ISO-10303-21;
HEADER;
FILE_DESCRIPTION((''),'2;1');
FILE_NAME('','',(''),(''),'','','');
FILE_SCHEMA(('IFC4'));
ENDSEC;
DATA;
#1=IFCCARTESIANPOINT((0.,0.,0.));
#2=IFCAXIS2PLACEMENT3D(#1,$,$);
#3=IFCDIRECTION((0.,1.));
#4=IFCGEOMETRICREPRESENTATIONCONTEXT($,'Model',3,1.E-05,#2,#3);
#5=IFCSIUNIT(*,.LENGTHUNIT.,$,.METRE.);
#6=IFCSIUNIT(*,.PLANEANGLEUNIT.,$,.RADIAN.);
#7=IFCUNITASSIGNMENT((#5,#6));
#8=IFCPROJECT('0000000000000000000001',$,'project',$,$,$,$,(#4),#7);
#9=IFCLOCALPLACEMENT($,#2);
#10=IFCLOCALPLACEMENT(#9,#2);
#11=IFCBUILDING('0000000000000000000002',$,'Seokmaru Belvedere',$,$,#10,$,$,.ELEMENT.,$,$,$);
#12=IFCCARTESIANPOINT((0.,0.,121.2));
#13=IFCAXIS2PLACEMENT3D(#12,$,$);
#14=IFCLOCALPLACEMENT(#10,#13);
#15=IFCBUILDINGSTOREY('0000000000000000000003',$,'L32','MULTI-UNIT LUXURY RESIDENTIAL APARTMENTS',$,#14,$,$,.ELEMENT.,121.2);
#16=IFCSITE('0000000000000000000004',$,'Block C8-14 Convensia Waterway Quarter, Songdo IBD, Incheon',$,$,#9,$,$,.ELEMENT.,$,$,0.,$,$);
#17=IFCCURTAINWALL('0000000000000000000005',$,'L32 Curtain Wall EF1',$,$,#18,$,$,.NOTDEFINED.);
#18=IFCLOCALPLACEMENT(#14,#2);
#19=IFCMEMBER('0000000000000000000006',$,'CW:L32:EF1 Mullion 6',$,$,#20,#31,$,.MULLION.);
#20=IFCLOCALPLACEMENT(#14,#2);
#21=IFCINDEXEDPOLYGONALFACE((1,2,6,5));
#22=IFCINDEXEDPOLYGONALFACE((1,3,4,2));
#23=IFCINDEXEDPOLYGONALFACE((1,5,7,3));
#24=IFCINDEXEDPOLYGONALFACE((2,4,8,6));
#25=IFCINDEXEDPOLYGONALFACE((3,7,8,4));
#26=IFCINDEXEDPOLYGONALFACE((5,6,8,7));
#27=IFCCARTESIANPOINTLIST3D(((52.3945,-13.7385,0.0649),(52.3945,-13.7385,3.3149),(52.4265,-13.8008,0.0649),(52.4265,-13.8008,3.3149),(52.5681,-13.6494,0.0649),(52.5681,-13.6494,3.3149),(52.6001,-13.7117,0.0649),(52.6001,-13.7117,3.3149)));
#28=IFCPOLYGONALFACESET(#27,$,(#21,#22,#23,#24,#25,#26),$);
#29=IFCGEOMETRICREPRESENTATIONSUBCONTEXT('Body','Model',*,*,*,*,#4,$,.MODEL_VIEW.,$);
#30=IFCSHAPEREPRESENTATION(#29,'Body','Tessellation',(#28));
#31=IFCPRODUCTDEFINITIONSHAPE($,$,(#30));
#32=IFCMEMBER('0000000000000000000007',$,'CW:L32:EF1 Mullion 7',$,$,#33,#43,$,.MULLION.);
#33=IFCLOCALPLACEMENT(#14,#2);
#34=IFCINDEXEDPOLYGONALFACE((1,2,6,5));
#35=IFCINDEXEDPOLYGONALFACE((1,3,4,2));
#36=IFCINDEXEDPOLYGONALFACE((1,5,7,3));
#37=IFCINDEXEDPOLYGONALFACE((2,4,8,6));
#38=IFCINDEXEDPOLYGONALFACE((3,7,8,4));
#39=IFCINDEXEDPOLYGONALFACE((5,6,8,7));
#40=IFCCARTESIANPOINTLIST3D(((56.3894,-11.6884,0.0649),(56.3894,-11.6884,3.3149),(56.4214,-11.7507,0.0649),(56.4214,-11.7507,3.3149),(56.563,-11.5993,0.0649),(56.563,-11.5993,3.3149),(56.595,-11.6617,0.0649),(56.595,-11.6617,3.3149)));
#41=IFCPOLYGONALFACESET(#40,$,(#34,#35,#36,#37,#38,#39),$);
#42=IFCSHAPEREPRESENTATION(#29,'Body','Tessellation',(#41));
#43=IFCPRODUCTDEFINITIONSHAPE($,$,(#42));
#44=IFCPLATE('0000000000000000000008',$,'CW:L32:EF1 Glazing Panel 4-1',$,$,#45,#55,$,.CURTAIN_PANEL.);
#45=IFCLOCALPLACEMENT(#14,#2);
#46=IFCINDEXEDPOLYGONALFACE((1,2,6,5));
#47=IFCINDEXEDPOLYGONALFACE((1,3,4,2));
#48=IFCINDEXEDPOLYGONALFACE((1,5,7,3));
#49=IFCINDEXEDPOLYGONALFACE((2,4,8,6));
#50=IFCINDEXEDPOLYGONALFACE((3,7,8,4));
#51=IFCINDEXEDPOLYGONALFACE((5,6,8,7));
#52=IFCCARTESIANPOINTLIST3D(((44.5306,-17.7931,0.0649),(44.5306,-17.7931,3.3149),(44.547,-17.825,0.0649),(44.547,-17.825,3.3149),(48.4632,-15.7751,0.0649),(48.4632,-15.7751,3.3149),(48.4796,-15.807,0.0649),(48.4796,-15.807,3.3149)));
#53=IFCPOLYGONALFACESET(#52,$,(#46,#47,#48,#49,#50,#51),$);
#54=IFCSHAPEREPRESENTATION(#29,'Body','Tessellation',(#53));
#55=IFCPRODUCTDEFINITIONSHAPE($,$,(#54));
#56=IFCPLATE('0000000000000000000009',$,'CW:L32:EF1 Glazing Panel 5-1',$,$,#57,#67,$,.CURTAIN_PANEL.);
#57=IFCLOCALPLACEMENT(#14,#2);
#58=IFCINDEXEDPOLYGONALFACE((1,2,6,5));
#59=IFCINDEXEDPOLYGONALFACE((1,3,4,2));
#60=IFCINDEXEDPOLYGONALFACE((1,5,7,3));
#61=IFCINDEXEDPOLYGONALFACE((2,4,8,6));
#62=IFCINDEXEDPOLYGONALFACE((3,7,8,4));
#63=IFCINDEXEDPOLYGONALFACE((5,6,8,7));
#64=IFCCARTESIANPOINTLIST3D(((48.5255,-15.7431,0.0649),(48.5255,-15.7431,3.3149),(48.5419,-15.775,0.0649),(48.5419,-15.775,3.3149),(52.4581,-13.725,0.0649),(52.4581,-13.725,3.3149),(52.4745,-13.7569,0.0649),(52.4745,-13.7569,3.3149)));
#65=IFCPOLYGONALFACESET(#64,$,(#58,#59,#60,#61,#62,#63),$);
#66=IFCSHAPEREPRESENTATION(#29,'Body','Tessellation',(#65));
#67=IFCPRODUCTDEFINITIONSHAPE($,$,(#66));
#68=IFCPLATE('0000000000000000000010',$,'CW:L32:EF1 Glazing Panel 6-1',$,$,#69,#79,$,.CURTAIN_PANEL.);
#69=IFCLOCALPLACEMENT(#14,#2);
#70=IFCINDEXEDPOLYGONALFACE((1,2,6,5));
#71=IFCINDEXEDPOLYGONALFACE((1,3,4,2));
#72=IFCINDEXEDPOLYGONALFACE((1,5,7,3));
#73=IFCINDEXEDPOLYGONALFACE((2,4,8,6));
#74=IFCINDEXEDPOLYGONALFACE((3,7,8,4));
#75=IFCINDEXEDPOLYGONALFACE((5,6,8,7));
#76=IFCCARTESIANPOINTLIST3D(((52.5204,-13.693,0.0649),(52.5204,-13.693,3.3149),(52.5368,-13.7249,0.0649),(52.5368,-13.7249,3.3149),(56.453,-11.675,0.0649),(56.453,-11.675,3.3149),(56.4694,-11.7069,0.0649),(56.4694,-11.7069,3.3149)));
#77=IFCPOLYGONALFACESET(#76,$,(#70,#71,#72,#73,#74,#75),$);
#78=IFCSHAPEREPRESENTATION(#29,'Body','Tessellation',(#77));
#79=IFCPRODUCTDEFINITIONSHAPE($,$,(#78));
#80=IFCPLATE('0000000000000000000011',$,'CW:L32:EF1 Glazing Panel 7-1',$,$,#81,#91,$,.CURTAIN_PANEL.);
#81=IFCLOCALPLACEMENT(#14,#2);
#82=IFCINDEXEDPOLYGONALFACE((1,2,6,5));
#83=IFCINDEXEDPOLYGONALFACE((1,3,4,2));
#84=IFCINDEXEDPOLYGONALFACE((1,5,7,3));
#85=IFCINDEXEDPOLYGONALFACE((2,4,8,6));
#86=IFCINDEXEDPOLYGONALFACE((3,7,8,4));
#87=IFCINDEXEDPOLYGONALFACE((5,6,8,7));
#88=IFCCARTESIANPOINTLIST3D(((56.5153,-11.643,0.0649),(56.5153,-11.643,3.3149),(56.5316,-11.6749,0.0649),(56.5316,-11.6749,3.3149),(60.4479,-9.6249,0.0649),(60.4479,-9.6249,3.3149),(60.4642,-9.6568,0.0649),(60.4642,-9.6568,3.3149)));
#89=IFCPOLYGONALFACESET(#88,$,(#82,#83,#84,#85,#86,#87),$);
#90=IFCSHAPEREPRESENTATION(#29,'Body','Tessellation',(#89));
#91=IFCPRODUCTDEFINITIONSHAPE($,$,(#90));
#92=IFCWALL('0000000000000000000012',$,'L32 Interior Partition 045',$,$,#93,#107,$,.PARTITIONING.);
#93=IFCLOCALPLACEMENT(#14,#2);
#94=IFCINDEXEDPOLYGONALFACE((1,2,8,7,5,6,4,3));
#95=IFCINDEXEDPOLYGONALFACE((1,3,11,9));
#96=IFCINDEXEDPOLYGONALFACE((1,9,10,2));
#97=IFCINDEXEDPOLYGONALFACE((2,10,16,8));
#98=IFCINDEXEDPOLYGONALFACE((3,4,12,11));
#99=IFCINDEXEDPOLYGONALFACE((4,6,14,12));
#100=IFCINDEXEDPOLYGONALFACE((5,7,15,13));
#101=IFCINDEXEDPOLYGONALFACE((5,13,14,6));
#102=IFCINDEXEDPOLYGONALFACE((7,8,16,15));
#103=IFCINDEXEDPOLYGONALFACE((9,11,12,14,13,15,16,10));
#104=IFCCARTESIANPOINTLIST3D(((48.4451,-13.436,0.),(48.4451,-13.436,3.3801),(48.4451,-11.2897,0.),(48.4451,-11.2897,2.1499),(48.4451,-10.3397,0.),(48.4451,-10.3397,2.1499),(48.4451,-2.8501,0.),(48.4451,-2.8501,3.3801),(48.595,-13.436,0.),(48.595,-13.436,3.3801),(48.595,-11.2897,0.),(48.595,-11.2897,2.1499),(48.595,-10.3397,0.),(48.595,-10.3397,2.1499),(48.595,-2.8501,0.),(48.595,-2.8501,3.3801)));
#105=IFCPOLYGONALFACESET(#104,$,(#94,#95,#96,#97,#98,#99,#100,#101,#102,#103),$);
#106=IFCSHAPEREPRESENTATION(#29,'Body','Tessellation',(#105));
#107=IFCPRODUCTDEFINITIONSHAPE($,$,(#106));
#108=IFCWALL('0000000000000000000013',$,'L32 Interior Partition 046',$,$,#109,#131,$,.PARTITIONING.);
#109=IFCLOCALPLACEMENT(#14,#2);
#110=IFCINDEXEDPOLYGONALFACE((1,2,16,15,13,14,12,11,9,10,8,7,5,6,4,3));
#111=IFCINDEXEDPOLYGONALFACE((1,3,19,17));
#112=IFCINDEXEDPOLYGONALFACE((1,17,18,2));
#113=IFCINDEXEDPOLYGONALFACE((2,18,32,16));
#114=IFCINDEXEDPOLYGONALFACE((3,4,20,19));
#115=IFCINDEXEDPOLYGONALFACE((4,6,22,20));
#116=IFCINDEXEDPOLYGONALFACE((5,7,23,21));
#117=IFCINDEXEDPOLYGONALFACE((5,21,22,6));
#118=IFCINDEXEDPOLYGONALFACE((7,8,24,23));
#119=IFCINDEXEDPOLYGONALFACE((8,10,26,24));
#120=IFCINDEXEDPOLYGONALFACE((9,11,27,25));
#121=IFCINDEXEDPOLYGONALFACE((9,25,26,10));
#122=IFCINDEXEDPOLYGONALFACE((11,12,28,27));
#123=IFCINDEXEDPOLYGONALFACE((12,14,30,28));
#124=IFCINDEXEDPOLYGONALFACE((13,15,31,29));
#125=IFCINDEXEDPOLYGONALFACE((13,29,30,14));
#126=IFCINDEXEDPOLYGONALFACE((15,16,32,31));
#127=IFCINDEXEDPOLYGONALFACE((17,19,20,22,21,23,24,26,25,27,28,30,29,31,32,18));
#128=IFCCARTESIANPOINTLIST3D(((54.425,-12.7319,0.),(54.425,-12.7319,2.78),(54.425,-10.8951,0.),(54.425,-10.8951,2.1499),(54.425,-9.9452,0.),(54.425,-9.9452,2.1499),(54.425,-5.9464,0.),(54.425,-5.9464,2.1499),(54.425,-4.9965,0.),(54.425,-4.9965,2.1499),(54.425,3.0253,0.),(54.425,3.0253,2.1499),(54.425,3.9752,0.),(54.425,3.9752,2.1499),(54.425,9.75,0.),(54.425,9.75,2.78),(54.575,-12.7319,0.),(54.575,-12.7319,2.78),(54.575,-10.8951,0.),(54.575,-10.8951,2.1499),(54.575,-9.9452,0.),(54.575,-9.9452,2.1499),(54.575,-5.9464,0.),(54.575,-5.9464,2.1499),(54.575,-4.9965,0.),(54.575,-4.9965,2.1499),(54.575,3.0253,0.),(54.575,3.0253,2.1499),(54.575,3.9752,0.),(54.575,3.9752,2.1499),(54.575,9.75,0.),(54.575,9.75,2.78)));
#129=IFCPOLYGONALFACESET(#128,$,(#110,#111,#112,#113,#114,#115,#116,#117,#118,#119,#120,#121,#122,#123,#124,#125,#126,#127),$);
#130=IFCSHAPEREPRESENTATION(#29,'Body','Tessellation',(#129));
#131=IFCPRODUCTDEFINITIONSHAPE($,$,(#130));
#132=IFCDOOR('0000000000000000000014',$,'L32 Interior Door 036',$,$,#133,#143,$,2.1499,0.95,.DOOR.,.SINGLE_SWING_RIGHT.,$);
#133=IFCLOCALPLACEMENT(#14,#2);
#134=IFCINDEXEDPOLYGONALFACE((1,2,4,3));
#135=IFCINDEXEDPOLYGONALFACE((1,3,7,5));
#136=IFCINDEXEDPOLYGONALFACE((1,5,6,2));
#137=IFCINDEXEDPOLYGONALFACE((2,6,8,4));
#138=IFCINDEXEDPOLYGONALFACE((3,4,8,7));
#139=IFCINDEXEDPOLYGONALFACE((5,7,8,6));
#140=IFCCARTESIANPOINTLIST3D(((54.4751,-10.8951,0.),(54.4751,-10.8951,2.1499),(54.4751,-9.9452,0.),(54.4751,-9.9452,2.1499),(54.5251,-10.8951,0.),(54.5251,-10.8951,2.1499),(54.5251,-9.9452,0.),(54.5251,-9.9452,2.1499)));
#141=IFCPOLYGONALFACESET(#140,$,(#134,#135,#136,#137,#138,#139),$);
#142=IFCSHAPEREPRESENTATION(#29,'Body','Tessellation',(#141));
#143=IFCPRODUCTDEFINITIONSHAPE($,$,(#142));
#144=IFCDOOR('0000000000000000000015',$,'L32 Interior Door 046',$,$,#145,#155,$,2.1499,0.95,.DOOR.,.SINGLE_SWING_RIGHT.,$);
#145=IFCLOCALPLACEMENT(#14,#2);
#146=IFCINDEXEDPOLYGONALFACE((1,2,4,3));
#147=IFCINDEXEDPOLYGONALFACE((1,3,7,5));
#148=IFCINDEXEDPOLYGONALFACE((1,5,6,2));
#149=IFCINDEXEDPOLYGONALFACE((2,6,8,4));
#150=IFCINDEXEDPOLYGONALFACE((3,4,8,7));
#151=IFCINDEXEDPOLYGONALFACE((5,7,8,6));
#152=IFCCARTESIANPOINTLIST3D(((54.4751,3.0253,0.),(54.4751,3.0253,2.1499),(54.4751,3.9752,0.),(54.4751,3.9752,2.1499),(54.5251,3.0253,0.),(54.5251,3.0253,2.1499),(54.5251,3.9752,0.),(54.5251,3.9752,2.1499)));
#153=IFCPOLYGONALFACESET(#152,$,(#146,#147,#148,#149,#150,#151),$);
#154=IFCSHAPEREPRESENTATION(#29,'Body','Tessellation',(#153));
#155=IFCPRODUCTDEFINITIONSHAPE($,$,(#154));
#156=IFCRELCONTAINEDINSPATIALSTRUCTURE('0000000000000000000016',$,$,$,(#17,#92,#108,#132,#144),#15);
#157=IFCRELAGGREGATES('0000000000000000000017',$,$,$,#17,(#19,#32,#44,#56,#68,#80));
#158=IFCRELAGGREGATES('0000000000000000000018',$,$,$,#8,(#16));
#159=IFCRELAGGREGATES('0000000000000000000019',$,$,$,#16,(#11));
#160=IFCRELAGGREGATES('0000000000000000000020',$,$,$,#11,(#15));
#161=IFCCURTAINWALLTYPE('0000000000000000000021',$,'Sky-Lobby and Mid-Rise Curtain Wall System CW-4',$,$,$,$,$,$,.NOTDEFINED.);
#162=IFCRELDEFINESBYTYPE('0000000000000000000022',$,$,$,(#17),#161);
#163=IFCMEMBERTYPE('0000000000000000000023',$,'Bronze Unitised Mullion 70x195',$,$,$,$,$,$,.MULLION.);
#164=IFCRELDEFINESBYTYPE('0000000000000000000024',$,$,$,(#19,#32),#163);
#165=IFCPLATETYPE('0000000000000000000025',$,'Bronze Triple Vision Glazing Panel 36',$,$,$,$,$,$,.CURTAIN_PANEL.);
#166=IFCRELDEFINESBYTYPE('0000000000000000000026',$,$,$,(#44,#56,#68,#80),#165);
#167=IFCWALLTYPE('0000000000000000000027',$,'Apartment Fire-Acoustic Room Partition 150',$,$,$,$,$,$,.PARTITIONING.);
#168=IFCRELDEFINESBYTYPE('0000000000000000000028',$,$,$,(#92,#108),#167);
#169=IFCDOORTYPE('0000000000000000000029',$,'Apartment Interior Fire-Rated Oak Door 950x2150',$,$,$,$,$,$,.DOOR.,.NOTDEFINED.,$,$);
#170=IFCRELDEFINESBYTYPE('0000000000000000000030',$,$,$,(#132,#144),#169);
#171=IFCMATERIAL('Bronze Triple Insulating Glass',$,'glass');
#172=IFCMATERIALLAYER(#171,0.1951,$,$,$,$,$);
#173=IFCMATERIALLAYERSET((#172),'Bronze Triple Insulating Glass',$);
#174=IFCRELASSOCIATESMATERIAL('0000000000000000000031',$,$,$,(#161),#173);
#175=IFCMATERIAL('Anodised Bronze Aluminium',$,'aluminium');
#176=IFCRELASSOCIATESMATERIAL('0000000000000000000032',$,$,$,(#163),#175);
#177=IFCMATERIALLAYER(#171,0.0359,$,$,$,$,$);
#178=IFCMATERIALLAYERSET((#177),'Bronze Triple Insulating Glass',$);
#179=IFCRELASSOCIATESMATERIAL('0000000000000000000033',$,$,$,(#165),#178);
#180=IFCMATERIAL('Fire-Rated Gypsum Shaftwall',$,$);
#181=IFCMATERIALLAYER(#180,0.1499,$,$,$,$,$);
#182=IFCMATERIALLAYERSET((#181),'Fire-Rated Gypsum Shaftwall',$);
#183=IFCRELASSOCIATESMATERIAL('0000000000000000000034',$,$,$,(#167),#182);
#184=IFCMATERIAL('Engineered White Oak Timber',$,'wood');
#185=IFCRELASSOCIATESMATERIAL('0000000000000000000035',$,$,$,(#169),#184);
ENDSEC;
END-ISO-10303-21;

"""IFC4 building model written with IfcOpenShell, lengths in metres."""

from ifc_helpers import new_model, si_unit, direction, frame, frame_2d, origin, origin_2d, place, context, subcontext, project, spatial, rectangle, extrude, source, transform, mapped, material, layer, layer_set, material_profile, profile_set, type_object, type_shapes, element, fill, aggregate, save


model = new_model("IFC4")

# Units and contexts
model_context = context("Model", 3, precision=1e-05, world=origin(), true_north=direction((0.0, 1.0)))
body_context = subcontext(model_context, "Body", "Model", "MODEL_VIEW")
ifc_project = project(units=[si_unit("LENGTHUNIT", "METRE"), si_unit("PLANEANGLEUNIT", "RADIAN")], contexts=[model_context])

# Site, building, storey
site_placement = place(None, origin())
site = spatial("IfcSite", under=ifc_project, at=site_placement, Name="Block C8-14 Convensia Waterway Quarter, Songdo IBD, Incheon", CompositionType="ELEMENT", RefElevation=0.0)
building_placement = place(site_placement, origin())
building = spatial("IfcBuilding", under=site, at=building_placement, Name="Seokmaru Belvedere", CompositionType="ELEMENT")
storey_placement = place(building_placement, frame((0.0, 0.0, 121.2)))
storey = spatial("IfcBuildingStorey", under=building, at=storey_placement, Name="L32", Description="MULTI-UNIT LUXURY RESIDENTIAL APARTMENTS", CompositionType="ELEMENT", Elevation=121.2)

# Curtain wall, members, plates
ifc_material_1 = material(Name="Bronze Triple Insulating Glass", Category="glass")
ifc_layer_1 = layer(ifc_material_1, 0.1951)
ifc_layer_set_1 = layer_set([ifc_layer_1], Name="Bronze Triple Insulating Glass")
curtain_wall_type = type_object("IfcCurtainWallType", Name="Sky-Lobby and Mid-Rise Curtain Wall System CW-4", PredefinedType="NOTDEFINED", material=ifc_layer_set_1)
curtain_wall_placement = place(storey_placement, origin())
curtain_wall = element("IfcCurtainWall", 1, at=curtain_wall_placement, inside=storey, type_object=curtain_wall_type, Name="L32 Curtain Wall EF1", PredefinedType="NOTDEFINED")
ifc_material_2 = material(Name="Anodised Bronze Aluminium", Category="aluminium")
ifc_material_profile_1 = material_profile(ifc_material_2, rectangle(XDim=0.0701, YDim=0.1951, at=origin_2d()), Name="CW-M-70x195")
ifc_profile_set_1 = profile_set([ifc_material_profile_1], Name="Anodised Bronze Aluminium")
member_type = type_object("IfcMemberType", Name="Bronze Unitised Mullion 70x195", PredefinedType="MULLION", material=ifc_profile_set_1)
shared_shape_1 = source(origin(), body_context, "Body", "SweptSolid", [
    extrude(rectangle(XDim=0.0701, YDim=0.1951, at=origin_2d()), origin(), (0.0, 0.0, 1.0), 3.25),
])
type_shapes(member_type, [shared_shape_1])
member_1_placement = place(storey_placement, frame((52.4973, -13.7251, 0.0649), z_axis=(0.0, 0.0, 1.0), x_axis=(-0.456555, 0.889695, 0.0)))
member_1 = element("IfcMember", 2, at=member_1_placement, type_object=member_type, Name="CW:L32:EF1 Mullion 6", PredefinedType="MULLION", context=body_context, shape_type="MappedRepresentation", body=[
    mapped(shared_shape_1, transform((0.0, 0.0, 0.0), scale=1.0)),
])
member_2_placement = place(storey_placement, frame((56.4922, -11.675, 0.0649), z_axis=(0.0, 0.0, 1.0), x_axis=(-0.456555, 0.889695, 0.0)))
member_2 = element("IfcMember", 3, at=member_2_placement, type_object=member_type, Name="CW:L32:EF1 Mullion 7", PredefinedType="MULLION", context=body_context, shape_type="MappedRepresentation", body=[
    mapped(shared_shape_1, transform((0.0, 0.0, 0.0), scale=1.0)),
])
ifc_layer_2 = layer(ifc_material_1, 0.0359)
ifc_layer_set_2 = layer_set([ifc_layer_2], Name="Bronze Triple Insulating Glass")
plate_type = type_object("IfcPlateType", Name="Bronze Triple Vision Glazing Panel 36", PredefinedType="CURTAIN_PANEL", material=ifc_layer_set_2)
shared_shape_2 = source(origin(), body_context, "Body", "SweptSolid", [
    extrude(rectangle(XDim=4.4202, YDim=0.0359, at=origin_2d()), origin(), (0.0, 0.0, 1.0), 3.25),
])
type_shapes(plate_type, [shared_shape_2])
plate_1_placement = place(storey_placement, frame((46.5051, -16.8, 0.0649), z_axis=(0.0, 0.0, 1.0), x_axis=(0.889695, 0.456555, 0.0)))
plate_1 = element("IfcPlate", 4, at=plate_1_placement, type_object=plate_type, Name="CW:L32:EF1 Glazing Panel 4-1", PredefinedType="CURTAIN_PANEL", context=body_context, shape_type="MappedRepresentation", body=[
    mapped(shared_shape_2, transform((0.0, 0.0, 0.0), scale=1.0)),
])
plate_2_placement = place(storey_placement, frame((50.5, -14.75, 0.0649), z_axis=(0.0, 0.0, 1.0), x_axis=(0.889695, 0.456555, 0.0)))
plate_2 = element("IfcPlate", 5, at=plate_2_placement, type_object=plate_type, Name="CW:L32:EF1 Glazing Panel 5-1", PredefinedType="CURTAIN_PANEL", context=body_context, shape_type="MappedRepresentation", body=[
    mapped(shared_shape_2, transform((0.0, 0.0, 0.0), scale=1.0)),
])
plate_3_placement = place(storey_placement, frame((54.4949, -12.7, 0.0649), z_axis=(0.0, 0.0, 1.0), x_axis=(0.889695, 0.456555, 0.0)))
plate_3 = element("IfcPlate", 6, at=plate_3_placement, type_object=plate_type, Name="CW:L32:EF1 Glazing Panel 6-1", PredefinedType="CURTAIN_PANEL", context=body_context, shape_type="MappedRepresentation", body=[
    mapped(shared_shape_2, transform((0.0, 0.0, 0.0), scale=1.0)),
])
plate_4_placement = place(storey_placement, frame((58.4897, -10.6499, 0.0649), z_axis=(0.0, 0.0, 1.0), x_axis=(0.889695, 0.456555, 0.0)))
plate_4 = element("IfcPlate", 7, at=plate_4_placement, type_object=plate_type, Name="CW:L32:EF1 Glazing Panel 7-1", PredefinedType="CURTAIN_PANEL", context=body_context, shape_type="MappedRepresentation", body=[
    mapped(shared_shape_2, transform((0.0, 0.0, 0.0), scale=1.0)),
])
aggregate(curtain_wall, [member_1, member_2, plate_1, plate_2, plate_3, plate_4])

# Wall, opening
ifc_material_3 = material(Name="Fire-Rated Gypsum Shaftwall")
ifc_layer_3 = layer(ifc_material_3, 0.1499)
ifc_layer_set_3 = layer_set([ifc_layer_3], Name="Fire-Rated Gypsum Shaftwall")
wall_type = type_object("IfcWallType", Name="Apartment Fire-Acoustic Room Partition 150", PredefinedType="PARTITIONING", material=ifc_layer_set_3)
wall_1_placement = place(storey_placement, frame((48.52, -13.436, 0.0), z_axis=(0.0, 0.0, 1.0), x_axis=(0.0, 1.0, 0.0)))
wall_1 = element("IfcWall", 8, at=wall_1_placement, inside=storey, type_object=wall_type, Name="L32 Interior Partition 045", PredefinedType="PARTITIONING", context=body_context, shape_type="SweptSolid", body=[
    extrude(rectangle(XDim=10.5859, YDim=0.1499, at=frame_2d((5.293, 0.0))), origin(), (0.0, 0.0, 1.0), 3.3801),
])
opening_1_placement = place(wall_1_placement, frame((2.1462, 0.0, 0.0)))
element("IfcOpeningElement", 9, at=opening_1_placement, cuts=wall_1, PredefinedType="OPENING", context=body_context, shape_type="SweptSolid", body=[
    extrude(rectangle(XDim=0.95, YDim=2.1499, at=frame_2d((0.4751, 1.075))), frame((0.0, 0.085, 0.0), z_axis=(0.0, -1.0, 0.0), x_axis=(1.0, 0.0, 0.0)), (0.0, 0.0, 1.0), 0.1699),
])

# Wall, openings, doors
wall_2_placement = place(storey_placement, frame((54.5, -12.7319, 0.0), z_axis=(0.0, 0.0, 1.0), x_axis=(0.0, 1.0, 0.0)))
wall_2 = element("IfcWall", 10, at=wall_2_placement, inside=storey, type_object=wall_type, Name="L32 Interior Partition 046", PredefinedType="PARTITIONING", context=body_context, shape_type="SweptSolid", body=[
    extrude(rectangle(XDim=22.4819, YDim=0.1499, at=frame_2d((11.241, 0.0))), origin(), (0.0, 0.0, 1.0), 2.78),
])
opening_2_placement = place(wall_2_placement, frame((1.8367, 0.0, 0.0)))
opening_2 = element("IfcOpeningElement", 11, at=opening_2_placement, cuts=wall_2, PredefinedType="OPENING", context=body_context, shape_type="SweptSolid", body=[
    extrude(rectangle(XDim=0.95, YDim=2.1499, at=frame_2d((0.4751, 1.075))), frame((0.0, 0.085, 0.0), z_axis=(0.0, -1.0, 0.0), x_axis=(1.0, 0.0, 0.0)), (0.0, 0.0, 1.0), 0.1699),
])
opening_3_placement = place(wall_2_placement, frame((6.7854, 0.0, 0.0)))
element("IfcOpeningElement", 12, at=opening_3_placement, cuts=wall_2, PredefinedType="OPENING", context=body_context, shape_type="SweptSolid", body=[
    extrude(rectangle(XDim=0.95, YDim=2.1499, at=frame_2d((0.4751, 1.075))), frame((0.0, 0.085, 0.0), z_axis=(0.0, -1.0, 0.0), x_axis=(1.0, 0.0, 0.0)), (0.0, 0.0, 1.0), 0.1699),
])
opening_4_placement = place(wall_2_placement, frame((15.7571, 0.0, 0.0)))
opening_4 = element("IfcOpeningElement", 13, at=opening_4_placement, cuts=wall_2, PredefinedType="OPENING", context=body_context, shape_type="SweptSolid", body=[
    extrude(rectangle(XDim=0.95, YDim=2.1499, at=frame_2d((0.4751, 1.075))), frame((0.0, 0.085, 0.0), z_axis=(0.0, -1.0, 0.0), x_axis=(1.0, 0.0, 0.0)), (0.0, 0.0, 1.0), 0.1699),
])
ifc_material_4 = material(Name="Engineered White Oak Timber", Category="wood")
door_type = type_object("IfcDoorType", Name="Apartment Interior Fire-Rated Oak Door 950x2150", OperationType="NOTDEFINED", PredefinedType="DOOR", material=ifc_material_4)
shared_shape_3 = source(origin(), body_context, "Body", "SweptSolid", [
    extrude(rectangle(XDim=0.95, YDim=2.1499, at=frame_2d((0.4751, 1.075))), frame((0.0, 0.0249, 0.0), z_axis=(0.0, -1.0, 0.0), x_axis=(1.0, 0.0, 0.0)), (0.0, 0.0, 1.0), 0.05),
])
type_shapes(door_type, [shared_shape_3])
door_1_placement = place(opening_2_placement, origin())
door_1 = element("IfcDoor", 14, at=door_1_placement, inside=storey, type_object=door_type, Name="L32 Interior Door 036", OperationType="SINGLE_SWING_RIGHT", OverallHeight=2.1499, OverallWidth=0.95, PredefinedType="DOOR", context=body_context, shape_type="MappedRepresentation", body=[
    mapped(shared_shape_3, transform((0.0, 0.0, 0.0), scale=1.0)),
])
fill(opening_2, door_1)
door_2_placement = place(opening_4_placement, origin())
door_2 = element("IfcDoor", 15, at=door_2_placement, inside=storey, type_object=door_type, Name="L32 Interior Door 046", OperationType="SINGLE_SWING_RIGHT", OverallHeight=2.1499, OverallWidth=0.95, PredefinedType="DOOR", context=body_context, shape_type="MappedRepresentation", body=[
    mapped(shared_shape_3, transform((0.0, 0.0, 0.0), scale=1.0)),
])
fill(opening_4, door_2)

save(model, "model.ifc")
